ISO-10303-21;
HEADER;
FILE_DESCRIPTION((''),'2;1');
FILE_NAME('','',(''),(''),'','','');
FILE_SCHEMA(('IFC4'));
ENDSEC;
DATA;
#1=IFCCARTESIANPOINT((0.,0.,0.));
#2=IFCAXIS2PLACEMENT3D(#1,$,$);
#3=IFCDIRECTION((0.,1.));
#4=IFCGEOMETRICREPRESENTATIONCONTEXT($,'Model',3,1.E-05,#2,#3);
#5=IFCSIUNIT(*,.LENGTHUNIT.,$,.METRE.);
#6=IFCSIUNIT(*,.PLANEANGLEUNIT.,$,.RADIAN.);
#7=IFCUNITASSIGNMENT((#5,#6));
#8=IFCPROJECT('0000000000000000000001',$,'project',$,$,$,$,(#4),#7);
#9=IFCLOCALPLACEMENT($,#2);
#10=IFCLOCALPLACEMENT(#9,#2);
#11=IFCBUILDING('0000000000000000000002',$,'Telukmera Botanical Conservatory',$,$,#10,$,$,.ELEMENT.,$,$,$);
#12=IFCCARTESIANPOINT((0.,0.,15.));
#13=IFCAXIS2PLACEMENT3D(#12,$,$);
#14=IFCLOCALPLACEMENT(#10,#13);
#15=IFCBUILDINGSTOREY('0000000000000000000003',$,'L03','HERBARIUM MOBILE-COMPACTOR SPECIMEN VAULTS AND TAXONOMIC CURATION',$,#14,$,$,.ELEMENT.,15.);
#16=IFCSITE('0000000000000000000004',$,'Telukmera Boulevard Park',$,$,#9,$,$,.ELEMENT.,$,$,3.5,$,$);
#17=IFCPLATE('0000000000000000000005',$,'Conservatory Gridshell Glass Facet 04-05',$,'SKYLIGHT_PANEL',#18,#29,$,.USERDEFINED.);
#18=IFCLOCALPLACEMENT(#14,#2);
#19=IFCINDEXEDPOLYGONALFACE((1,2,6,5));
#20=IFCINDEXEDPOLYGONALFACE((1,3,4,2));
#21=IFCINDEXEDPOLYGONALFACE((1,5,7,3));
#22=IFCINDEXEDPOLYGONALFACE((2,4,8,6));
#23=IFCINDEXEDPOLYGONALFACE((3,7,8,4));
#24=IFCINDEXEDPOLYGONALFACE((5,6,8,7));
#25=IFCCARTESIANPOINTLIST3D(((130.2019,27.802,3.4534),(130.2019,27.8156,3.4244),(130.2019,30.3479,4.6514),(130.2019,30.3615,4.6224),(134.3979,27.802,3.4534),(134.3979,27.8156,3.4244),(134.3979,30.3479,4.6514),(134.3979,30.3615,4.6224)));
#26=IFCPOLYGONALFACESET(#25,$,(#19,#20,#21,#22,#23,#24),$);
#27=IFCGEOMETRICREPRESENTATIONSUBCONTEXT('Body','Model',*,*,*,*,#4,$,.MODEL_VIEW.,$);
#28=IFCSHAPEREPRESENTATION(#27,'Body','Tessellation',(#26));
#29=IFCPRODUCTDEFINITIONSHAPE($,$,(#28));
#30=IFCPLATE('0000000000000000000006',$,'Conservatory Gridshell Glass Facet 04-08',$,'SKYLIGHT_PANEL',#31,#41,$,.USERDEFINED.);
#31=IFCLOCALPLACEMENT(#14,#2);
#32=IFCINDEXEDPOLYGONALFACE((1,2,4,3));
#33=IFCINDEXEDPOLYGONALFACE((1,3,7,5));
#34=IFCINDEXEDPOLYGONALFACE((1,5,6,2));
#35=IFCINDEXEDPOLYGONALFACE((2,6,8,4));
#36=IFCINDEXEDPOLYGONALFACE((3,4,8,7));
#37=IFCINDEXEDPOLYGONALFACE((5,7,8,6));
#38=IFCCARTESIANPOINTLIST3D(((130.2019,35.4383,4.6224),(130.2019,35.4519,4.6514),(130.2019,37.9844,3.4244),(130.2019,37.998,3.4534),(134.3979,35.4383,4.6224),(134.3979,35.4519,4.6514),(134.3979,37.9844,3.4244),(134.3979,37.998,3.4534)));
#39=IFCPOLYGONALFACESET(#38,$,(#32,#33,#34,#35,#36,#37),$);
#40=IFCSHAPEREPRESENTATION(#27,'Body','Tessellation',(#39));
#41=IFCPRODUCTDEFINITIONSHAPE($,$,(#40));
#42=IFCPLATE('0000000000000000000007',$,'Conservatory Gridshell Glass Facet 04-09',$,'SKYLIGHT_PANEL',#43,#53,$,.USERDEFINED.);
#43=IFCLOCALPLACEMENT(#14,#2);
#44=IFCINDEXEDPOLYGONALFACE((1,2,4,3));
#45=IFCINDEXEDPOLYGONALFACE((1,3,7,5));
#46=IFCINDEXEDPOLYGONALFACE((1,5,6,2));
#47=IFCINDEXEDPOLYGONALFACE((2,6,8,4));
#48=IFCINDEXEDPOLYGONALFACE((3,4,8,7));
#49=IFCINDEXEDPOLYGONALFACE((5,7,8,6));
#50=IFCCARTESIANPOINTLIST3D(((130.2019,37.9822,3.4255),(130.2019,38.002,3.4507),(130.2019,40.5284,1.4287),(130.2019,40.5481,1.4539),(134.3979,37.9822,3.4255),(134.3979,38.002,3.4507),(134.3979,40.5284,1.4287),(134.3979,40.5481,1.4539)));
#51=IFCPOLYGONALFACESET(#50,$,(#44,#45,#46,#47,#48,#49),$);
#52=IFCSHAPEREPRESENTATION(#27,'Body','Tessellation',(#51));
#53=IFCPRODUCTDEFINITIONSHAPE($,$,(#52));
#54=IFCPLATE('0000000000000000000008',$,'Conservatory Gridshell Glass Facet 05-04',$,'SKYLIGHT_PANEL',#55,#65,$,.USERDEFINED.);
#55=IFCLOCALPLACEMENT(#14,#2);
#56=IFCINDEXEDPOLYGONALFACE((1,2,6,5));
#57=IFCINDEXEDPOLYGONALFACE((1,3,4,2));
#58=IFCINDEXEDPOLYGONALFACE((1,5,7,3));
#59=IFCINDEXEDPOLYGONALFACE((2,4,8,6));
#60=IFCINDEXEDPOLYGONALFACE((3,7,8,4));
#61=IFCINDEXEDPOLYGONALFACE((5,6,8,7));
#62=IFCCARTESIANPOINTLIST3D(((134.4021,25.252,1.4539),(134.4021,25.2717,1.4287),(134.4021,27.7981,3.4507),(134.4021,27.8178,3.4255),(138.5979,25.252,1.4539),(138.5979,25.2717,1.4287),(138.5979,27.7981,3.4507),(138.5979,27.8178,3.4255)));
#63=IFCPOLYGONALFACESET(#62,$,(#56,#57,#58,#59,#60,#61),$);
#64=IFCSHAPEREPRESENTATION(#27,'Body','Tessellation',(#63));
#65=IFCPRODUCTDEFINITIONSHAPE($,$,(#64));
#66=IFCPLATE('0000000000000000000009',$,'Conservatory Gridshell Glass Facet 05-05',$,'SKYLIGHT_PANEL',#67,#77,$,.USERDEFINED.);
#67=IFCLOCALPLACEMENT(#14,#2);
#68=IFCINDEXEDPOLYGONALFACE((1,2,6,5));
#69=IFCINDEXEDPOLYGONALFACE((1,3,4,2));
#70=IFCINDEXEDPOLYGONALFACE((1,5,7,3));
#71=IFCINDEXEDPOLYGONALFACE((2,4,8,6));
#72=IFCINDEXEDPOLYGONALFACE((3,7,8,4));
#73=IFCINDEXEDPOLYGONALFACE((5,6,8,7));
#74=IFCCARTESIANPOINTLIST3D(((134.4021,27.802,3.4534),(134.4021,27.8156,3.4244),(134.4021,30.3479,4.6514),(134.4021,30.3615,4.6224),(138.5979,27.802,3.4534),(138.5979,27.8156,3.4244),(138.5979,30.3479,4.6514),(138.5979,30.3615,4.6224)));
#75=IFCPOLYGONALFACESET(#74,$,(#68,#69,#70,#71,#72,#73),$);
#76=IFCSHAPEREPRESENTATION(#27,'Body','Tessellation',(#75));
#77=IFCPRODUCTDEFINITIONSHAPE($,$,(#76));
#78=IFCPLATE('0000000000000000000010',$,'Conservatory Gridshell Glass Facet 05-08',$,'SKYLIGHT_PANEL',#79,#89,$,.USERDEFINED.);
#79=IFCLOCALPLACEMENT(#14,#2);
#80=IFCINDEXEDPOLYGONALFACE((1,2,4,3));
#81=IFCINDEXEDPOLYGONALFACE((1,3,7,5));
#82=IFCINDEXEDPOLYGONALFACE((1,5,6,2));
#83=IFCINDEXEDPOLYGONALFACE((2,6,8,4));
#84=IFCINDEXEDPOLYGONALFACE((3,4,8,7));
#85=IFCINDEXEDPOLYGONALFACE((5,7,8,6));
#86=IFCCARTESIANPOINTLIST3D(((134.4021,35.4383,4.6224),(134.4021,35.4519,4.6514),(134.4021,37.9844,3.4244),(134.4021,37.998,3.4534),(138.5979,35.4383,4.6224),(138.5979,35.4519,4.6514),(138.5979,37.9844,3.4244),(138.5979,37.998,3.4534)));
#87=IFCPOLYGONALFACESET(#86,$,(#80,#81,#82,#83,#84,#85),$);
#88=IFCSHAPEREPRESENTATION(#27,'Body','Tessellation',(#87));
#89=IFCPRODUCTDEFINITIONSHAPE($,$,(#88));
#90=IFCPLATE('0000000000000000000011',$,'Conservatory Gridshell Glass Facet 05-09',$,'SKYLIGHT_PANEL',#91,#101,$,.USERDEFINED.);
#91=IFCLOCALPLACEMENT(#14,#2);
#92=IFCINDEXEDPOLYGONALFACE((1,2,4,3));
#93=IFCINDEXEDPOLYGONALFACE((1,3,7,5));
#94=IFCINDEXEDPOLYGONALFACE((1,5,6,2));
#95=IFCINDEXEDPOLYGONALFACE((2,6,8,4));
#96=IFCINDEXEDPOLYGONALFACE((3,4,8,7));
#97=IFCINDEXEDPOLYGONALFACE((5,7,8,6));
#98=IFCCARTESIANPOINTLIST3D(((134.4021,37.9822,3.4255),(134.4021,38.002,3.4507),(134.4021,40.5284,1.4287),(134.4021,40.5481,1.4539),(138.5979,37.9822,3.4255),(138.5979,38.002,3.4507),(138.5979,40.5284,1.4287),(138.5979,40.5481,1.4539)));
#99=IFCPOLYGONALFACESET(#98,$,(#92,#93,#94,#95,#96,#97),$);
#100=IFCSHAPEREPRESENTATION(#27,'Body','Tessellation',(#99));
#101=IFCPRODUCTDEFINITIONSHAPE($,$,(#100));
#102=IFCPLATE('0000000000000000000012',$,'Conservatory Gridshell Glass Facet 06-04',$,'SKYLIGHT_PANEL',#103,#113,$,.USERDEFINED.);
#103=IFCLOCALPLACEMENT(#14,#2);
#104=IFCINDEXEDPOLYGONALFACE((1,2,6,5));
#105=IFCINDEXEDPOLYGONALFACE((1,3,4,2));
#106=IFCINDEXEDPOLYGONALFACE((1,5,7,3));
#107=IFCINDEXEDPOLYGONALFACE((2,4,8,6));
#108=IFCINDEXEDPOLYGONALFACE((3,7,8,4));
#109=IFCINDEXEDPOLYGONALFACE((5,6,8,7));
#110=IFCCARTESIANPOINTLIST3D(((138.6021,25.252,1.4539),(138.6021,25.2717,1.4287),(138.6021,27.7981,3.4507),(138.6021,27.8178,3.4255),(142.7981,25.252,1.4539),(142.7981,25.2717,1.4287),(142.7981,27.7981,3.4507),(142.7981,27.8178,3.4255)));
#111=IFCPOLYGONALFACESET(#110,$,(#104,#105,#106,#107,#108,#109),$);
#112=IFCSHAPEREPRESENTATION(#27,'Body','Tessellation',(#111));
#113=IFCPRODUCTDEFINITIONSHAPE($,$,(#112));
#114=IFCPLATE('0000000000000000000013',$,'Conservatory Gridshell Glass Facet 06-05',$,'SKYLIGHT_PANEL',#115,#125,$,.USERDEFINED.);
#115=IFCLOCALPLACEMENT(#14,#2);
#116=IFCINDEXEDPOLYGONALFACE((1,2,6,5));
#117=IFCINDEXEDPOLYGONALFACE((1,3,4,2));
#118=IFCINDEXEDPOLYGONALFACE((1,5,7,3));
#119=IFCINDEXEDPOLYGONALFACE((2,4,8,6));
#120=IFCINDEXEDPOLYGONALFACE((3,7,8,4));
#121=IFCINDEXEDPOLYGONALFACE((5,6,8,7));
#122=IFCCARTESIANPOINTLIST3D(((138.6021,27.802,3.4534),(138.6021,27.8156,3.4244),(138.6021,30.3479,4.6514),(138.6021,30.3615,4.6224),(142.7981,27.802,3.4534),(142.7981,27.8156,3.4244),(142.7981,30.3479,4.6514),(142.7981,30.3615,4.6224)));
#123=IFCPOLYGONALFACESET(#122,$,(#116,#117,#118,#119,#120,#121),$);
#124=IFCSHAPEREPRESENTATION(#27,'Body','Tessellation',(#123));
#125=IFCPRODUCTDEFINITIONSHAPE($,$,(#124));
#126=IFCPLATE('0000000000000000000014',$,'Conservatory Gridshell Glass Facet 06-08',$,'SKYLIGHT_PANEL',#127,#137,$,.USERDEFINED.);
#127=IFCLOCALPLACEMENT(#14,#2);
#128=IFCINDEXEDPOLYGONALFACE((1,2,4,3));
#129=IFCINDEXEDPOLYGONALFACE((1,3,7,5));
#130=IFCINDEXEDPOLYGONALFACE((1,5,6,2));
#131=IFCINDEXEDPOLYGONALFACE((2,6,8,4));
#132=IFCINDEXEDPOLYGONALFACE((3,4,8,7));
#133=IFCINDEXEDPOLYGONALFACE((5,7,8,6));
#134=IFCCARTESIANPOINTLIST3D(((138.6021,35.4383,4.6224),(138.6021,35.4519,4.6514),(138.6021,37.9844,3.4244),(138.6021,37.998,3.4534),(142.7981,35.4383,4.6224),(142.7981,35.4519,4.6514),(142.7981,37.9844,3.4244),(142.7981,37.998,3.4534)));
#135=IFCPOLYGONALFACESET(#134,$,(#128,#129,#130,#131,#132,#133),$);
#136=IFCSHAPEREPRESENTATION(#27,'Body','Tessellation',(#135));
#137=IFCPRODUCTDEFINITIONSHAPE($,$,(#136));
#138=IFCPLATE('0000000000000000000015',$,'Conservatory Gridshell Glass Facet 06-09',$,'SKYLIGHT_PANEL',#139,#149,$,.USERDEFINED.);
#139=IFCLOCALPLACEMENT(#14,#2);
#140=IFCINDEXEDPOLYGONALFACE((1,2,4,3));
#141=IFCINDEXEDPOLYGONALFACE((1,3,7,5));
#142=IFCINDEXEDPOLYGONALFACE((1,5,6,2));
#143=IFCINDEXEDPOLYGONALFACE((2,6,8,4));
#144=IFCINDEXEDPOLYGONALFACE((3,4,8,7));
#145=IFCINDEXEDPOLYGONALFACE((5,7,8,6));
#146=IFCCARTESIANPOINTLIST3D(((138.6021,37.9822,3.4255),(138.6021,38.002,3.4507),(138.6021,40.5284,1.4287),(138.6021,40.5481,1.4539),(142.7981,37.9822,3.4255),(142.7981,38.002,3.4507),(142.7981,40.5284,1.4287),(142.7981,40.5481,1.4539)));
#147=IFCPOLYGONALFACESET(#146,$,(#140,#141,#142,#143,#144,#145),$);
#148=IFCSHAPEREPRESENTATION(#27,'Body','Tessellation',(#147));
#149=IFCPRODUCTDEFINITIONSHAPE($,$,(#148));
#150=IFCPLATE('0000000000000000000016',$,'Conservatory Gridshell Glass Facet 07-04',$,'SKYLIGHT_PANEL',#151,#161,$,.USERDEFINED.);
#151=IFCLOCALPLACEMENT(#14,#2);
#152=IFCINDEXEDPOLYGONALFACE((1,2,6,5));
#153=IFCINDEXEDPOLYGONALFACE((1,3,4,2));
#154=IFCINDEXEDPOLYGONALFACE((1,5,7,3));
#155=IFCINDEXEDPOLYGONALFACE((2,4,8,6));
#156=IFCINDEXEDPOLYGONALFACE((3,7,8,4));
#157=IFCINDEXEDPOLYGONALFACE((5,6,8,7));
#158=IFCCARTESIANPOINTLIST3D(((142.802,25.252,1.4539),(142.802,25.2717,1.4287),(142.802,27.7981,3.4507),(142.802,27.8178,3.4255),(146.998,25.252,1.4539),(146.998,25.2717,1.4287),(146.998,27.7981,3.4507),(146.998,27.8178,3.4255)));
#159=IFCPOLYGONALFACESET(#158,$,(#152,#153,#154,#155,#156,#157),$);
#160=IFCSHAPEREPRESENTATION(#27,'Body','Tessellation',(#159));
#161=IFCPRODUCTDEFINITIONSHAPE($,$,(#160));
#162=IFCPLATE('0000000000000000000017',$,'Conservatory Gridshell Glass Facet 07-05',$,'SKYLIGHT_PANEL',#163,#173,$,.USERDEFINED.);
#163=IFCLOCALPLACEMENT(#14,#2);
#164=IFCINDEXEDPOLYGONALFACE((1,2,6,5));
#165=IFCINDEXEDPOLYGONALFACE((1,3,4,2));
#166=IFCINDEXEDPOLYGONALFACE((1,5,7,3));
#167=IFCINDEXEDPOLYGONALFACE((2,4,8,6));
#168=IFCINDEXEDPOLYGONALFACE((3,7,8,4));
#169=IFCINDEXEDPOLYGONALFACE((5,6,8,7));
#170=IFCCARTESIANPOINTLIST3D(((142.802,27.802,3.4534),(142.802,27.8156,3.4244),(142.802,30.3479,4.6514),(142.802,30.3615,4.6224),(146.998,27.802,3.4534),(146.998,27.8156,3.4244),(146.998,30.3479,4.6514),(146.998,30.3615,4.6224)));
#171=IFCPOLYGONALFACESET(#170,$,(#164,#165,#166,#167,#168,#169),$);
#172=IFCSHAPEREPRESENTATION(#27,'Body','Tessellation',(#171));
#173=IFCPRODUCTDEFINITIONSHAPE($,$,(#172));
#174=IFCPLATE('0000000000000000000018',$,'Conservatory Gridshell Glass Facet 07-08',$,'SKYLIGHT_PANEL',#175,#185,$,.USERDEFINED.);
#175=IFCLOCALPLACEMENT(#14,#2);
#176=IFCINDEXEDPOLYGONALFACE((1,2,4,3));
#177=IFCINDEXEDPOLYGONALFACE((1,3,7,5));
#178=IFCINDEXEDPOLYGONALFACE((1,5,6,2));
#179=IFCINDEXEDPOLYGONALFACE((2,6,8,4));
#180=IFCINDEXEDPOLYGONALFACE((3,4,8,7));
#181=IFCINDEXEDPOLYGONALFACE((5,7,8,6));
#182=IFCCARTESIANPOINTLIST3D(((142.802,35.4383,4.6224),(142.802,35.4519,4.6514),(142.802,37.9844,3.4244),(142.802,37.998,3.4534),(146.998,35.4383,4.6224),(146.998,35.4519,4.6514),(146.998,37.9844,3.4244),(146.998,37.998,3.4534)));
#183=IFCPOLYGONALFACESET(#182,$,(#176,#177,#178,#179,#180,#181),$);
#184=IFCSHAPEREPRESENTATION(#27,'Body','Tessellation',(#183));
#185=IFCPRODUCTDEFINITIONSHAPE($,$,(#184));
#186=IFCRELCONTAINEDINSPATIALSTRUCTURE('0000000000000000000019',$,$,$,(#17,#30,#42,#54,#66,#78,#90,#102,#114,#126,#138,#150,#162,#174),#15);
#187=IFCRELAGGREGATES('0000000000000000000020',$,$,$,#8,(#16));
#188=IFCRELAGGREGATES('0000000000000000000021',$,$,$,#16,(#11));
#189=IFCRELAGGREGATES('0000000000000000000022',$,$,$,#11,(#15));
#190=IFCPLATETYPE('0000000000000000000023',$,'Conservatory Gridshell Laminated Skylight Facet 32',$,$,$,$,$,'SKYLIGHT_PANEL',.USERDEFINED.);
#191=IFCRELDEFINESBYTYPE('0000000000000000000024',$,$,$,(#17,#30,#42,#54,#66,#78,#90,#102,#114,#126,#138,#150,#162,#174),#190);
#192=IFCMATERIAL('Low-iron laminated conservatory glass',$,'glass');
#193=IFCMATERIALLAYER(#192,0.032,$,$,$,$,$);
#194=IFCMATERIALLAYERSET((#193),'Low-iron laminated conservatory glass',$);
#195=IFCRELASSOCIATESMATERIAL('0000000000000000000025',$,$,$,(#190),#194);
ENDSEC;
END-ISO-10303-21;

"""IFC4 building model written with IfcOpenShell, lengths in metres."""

from ifc_helpers import new_model, si_unit, direction, frame, origin, place, context, subcontext, project, spatial, polyline, outline, extrude, material, layer, layer_set, type_object, element, save


model = new_model("IFC4")

# Units and contexts
model_context = context("Model", 3, precision=1e-05, world=origin(), true_north=direction((0.0, 1.0)))
body_context = subcontext(model_context, "Body", "Model", "MODEL_VIEW")
ifc_project = project(units=[si_unit("LENGTHUNIT", "METRE"), si_unit("PLANEANGLEUNIT", "RADIAN")], contexts=[model_context])

# Site, building, storey
site_placement = place(None, origin())
site = spatial("IfcSite", under=ifc_project, at=site_placement, Name="Telukmera Boulevard Park", CompositionType="ELEMENT", RefElevation=3.5)
building_placement = place(site_placement, origin())
building = spatial("IfcBuilding", under=site, at=building_placement, Name="Telukmera Botanical Conservatory", CompositionType="ELEMENT")
storey_placement = place(building_placement, frame((0.0, 0.0, 15.0)))
storey = spatial("IfcBuildingStorey", under=building, at=storey_placement, Name="L03", Description="HERBARIUM MOBILE-COMPACTOR SPECIMEN VAULTS AND TAXONOMIC CURATION", CompositionType="ELEMENT", Elevation=15.0)

# Plates
ifc_material_1 = material(Name="Low-iron laminated conservatory glass", Category="glass")
ifc_layer = layer(ifc_material_1, 0.032)
ifc_layer_set = layer_set([ifc_layer], Name="Low-iron laminated conservatory glass")
plate_type = type_object("IfcPlateType", Name="Conservatory Gridshell Laminated Skylight Facet 32", ElementType="SKYLIGHT_PANEL", PredefinedType="USERDEFINED", material=ifc_layer_set)
plate_1_placement = place(storey_placement, frame((130.2019, 27.802, 3.4534), z_axis=(0.0, -0.425776, 0.904829), x_axis=(1.0, 0.0, 0.0)))
element("IfcPlate", 1, at=plate_1_placement, inside=storey, type_object=plate_type, Name="Conservatory Gridshell Glass Facet 04-05", ObjectType="SKYLIGHT_PANEL", PredefinedType="USERDEFINED", context=body_context, shape_type="SweptSolid", body=[
    extrude(outline(polyline([(0.0, 0.0), (4.196, 0.0), (4.196, 2.8137), (0.0, 2.8137), (0.0, 0.0)])), origin(), (0.0, 0.0, -1.0), 0.032),
])
plate_2_placement = place(storey_placement, frame((130.2019, 35.4519, 4.6514), z_axis=(0.0, 0.425743, 0.904844), x_axis=(1.0, 0.0, 0.0)))
element("IfcPlate", 2, at=plate_2_placement, inside=storey, type_object=plate_type, Name="Conservatory Gridshell Glass Facet 04-08", ObjectType="SKYLIGHT_PANEL", PredefinedType="USERDEFINED", context=body_context, shape_type="SweptSolid", body=[
    extrude(outline(polyline([(0.0, 0.0), (4.196, 0.0), (4.196, 2.8139), (0.0, 2.8139), (0.0, 0.0)])), origin(), (0.0, 0.0, -1.0), 0.032),
])
plate_3_placement = place(storey_placement, frame((130.2019, 38.002, 3.4507), z_axis=(0.0, 0.617112, 0.786876), x_axis=(1.0, 0.0, 0.0)))
element("IfcPlate", 3, at=plate_3_placement, inside=storey, type_object=plate_type, Name="Conservatory Gridshell Glass Facet 04-09", ObjectType="SKYLIGHT_PANEL", PredefinedType="USERDEFINED", context=body_context, shape_type="SweptSolid", body=[
    extrude(outline(polyline([(0.0, 0.0), (4.196, 0.0), (4.196, 3.2358), (0.0, 3.2358), (0.0, 0.0)])), origin(), (0.0, 0.0, -1.0), 0.032),
])
plate_4_placement = place(storey_placement, frame((134.4021, 25.252, 1.4539), z_axis=(0.0, -0.617112, 0.786876), x_axis=(1.0, 0.0, 0.0)))
element("IfcPlate", 4, at=plate_4_placement, inside=storey, type_object=plate_type, Name="Conservatory Gridshell Glass Facet 05-04", ObjectType="SKYLIGHT_PANEL", PredefinedType="USERDEFINED", context=body_context, shape_type="SweptSolid", body=[
    extrude(outline(polyline([(0.0, 0.0), (4.1958, 0.0), (4.1958, 3.2358), (0.0, 3.2358), (0.0, 0.0)])), origin(), (0.0, 0.0, -1.0), 0.032),
])
plate_5_placement = place(storey_placement, frame((134.4021, 27.802, 3.4534), z_axis=(0.0, -0.425776, 0.904829), x_axis=(1.0, 0.0, 0.0)))
element("IfcPlate", 5, at=plate_5_placement, inside=storey, type_object=plate_type, Name="Conservatory Gridshell Glass Facet 05-05", ObjectType="SKYLIGHT_PANEL", PredefinedType="USERDEFINED", context=body_context, shape_type="SweptSolid", body=[
    extrude(outline(polyline([(0.0, 0.0), (4.1958, 0.0), (4.1958, 2.8137), (0.0, 2.8137), (0.0, 0.0)])), origin(), (0.0, 0.0, -1.0), 0.032),
])
plate_6_placement = place(storey_placement, frame((134.4021, 35.4519, 4.6514), z_axis=(0.0, 0.425743, 0.904844), x_axis=(1.0, 0.0, 0.0)))
element("IfcPlate", 6, at=plate_6_placement, inside=storey, type_object=plate_type, Name="Conservatory Gridshell Glass Facet 05-08", ObjectType="SKYLIGHT_PANEL", PredefinedType="USERDEFINED", context=body_context, shape_type="SweptSolid", body=[
    extrude(outline(polyline([(0.0, 0.0), (4.1958, 0.0), (4.1958, 2.8139), (0.0, 2.8139), (0.0, 0.0)])), origin(), (0.0, 0.0, -1.0), 0.032),
])
plate_7_placement = place(storey_placement, frame((134.4021, 38.002, 3.4507), z_axis=(0.0, 0.617112, 0.786876), x_axis=(1.0, 0.0, 0.0)))
element("IfcPlate", 7, at=plate_7_placement, inside=storey, type_object=plate_type, Name="Conservatory Gridshell Glass Facet 05-09", ObjectType="SKYLIGHT_PANEL", PredefinedType="USERDEFINED", context=body_context, shape_type="SweptSolid", body=[
    extrude(outline(polyline([(0.0, 0.0), (4.1958, 0.0), (4.1958, 3.2358), (0.0, 3.2358), (0.0, 0.0)])), origin(), (0.0, 0.0, -1.0), 0.032),
])
plate_8_placement = place(storey_placement, frame((138.6021, 25.252, 1.4539), z_axis=(0.0, -0.617112, 0.786876), x_axis=(1.0, 0.0, 0.0)))
element("IfcPlate", 8, at=plate_8_placement, inside=storey, type_object=plate_type, Name="Conservatory Gridshell Glass Facet 06-04", ObjectType="SKYLIGHT_PANEL", PredefinedType="USERDEFINED", context=body_context, shape_type="SweptSolid", body=[
    extrude(outline(polyline([(0.0, 0.0), (4.196, 0.0), (4.196, 3.2358), (0.0, 3.2358), (0.0, 0.0)])), origin(), (0.0, 0.0, -1.0), 0.032),
])
plate_9_placement = place(storey_placement, frame((138.6021, 27.802, 3.4534), z_axis=(0.0, -0.425776, 0.904829), x_axis=(1.0, 0.0, 0.0)))
element("IfcPlate", 9, at=plate_9_placement, inside=storey, type_object=plate_type, Name="Conservatory Gridshell Glass Facet 06-05", ObjectType="SKYLIGHT_PANEL", PredefinedType="USERDEFINED", context=body_context, shape_type="SweptSolid", body=[
    extrude(outline(polyline([(0.0, 0.0), (4.196, 0.0), (4.196, 2.8137), (0.0, 2.8137), (0.0, 0.0)])), origin(), (0.0, 0.0, -1.0), 0.032),
])
plate_10_placement = place(storey_placement, frame((138.6021, 35.4519, 4.6514), z_axis=(0.0, 0.425743, 0.904844), x_axis=(1.0, 0.0, 0.0)))
element("IfcPlate", 10, at=plate_10_placement, inside=storey, type_object=plate_type, Name="Conservatory Gridshell Glass Facet 06-08", ObjectType="SKYLIGHT_PANEL", PredefinedType="USERDEFINED", context=body_context, shape_type="SweptSolid", body=[
    extrude(outline(polyline([(0.0, 0.0), (4.196, 0.0), (4.196, 2.8139), (0.0, 2.8139), (0.0, 0.0)])), origin(), (0.0, 0.0, -1.0), 0.032),
])
for number, where, z_axis, x_axis, name in (
    (11, (138.6021, 38.002, 3.4507), (0.0, 0.617112, 0.786876), (1.0, 0.0, 0.0), "Conservatory Gridshell Glass Facet 06-09"),
    (12, (142.802, 25.252, 1.4539), (0.0, -0.617112, 0.786876), (1.0, 0.0, 0.0), "Conservatory Gridshell Glass Facet 07-04"),
):
    element("IfcPlate", number, at=place(storey_placement, frame(where, z_axis=z_axis, x_axis=x_axis)), inside=storey, type_object=plate_type, Name=name, ObjectType="SKYLIGHT_PANEL", PredefinedType="USERDEFINED", context=body_context, shape_type="SweptSolid", body=[
        extrude(outline(polyline([(0.0, 0.0), (4.196, 0.0), (4.196, 3.2358), (0.0, 3.2358), (0.0, 0.0)])), origin(), (0.0, 0.0, -1.0), 0.032),
    ])
plate_11_placement = place(storey_placement, frame((142.802, 27.802, 3.4534), z_axis=(0.0, -0.425776, 0.904829), x_axis=(1.0, 0.0, 0.0)))
element("IfcPlate", 13, at=plate_11_placement, inside=storey, type_object=plate_type, Name="Conservatory Gridshell Glass Facet 07-05", ObjectType="SKYLIGHT_PANEL", PredefinedType="USERDEFINED", context=body_context, shape_type="SweptSolid", body=[
    extrude(outline(polyline([(0.0, 0.0), (4.196, 0.0), (4.196, 2.8137), (0.0, 2.8137), (0.0, 0.0)])), origin(), (0.0, 0.0, -1.0), 0.032),
])
plate_12_placement = place(storey_placement, frame((142.802, 35.4519, 4.6514), z_axis=(0.0, 0.425743, 0.904844), x_axis=(1.0, 0.0, 0.0)))
element("IfcPlate", 14, at=plate_12_placement, inside=storey, type_object=plate_type, Name="Conservatory Gridshell Glass Facet 07-08", ObjectType="SKYLIGHT_PANEL", PredefinedType="USERDEFINED", context=body_context, shape_type="SweptSolid", body=[
    extrude(outline(polyline([(0.0, 0.0), (4.196, 0.0), (4.196, 2.8139), (0.0, 2.8139), (0.0, 0.0)])), origin(), (0.0, 0.0, -1.0), 0.032),
])

save(model, "model.ifc")
